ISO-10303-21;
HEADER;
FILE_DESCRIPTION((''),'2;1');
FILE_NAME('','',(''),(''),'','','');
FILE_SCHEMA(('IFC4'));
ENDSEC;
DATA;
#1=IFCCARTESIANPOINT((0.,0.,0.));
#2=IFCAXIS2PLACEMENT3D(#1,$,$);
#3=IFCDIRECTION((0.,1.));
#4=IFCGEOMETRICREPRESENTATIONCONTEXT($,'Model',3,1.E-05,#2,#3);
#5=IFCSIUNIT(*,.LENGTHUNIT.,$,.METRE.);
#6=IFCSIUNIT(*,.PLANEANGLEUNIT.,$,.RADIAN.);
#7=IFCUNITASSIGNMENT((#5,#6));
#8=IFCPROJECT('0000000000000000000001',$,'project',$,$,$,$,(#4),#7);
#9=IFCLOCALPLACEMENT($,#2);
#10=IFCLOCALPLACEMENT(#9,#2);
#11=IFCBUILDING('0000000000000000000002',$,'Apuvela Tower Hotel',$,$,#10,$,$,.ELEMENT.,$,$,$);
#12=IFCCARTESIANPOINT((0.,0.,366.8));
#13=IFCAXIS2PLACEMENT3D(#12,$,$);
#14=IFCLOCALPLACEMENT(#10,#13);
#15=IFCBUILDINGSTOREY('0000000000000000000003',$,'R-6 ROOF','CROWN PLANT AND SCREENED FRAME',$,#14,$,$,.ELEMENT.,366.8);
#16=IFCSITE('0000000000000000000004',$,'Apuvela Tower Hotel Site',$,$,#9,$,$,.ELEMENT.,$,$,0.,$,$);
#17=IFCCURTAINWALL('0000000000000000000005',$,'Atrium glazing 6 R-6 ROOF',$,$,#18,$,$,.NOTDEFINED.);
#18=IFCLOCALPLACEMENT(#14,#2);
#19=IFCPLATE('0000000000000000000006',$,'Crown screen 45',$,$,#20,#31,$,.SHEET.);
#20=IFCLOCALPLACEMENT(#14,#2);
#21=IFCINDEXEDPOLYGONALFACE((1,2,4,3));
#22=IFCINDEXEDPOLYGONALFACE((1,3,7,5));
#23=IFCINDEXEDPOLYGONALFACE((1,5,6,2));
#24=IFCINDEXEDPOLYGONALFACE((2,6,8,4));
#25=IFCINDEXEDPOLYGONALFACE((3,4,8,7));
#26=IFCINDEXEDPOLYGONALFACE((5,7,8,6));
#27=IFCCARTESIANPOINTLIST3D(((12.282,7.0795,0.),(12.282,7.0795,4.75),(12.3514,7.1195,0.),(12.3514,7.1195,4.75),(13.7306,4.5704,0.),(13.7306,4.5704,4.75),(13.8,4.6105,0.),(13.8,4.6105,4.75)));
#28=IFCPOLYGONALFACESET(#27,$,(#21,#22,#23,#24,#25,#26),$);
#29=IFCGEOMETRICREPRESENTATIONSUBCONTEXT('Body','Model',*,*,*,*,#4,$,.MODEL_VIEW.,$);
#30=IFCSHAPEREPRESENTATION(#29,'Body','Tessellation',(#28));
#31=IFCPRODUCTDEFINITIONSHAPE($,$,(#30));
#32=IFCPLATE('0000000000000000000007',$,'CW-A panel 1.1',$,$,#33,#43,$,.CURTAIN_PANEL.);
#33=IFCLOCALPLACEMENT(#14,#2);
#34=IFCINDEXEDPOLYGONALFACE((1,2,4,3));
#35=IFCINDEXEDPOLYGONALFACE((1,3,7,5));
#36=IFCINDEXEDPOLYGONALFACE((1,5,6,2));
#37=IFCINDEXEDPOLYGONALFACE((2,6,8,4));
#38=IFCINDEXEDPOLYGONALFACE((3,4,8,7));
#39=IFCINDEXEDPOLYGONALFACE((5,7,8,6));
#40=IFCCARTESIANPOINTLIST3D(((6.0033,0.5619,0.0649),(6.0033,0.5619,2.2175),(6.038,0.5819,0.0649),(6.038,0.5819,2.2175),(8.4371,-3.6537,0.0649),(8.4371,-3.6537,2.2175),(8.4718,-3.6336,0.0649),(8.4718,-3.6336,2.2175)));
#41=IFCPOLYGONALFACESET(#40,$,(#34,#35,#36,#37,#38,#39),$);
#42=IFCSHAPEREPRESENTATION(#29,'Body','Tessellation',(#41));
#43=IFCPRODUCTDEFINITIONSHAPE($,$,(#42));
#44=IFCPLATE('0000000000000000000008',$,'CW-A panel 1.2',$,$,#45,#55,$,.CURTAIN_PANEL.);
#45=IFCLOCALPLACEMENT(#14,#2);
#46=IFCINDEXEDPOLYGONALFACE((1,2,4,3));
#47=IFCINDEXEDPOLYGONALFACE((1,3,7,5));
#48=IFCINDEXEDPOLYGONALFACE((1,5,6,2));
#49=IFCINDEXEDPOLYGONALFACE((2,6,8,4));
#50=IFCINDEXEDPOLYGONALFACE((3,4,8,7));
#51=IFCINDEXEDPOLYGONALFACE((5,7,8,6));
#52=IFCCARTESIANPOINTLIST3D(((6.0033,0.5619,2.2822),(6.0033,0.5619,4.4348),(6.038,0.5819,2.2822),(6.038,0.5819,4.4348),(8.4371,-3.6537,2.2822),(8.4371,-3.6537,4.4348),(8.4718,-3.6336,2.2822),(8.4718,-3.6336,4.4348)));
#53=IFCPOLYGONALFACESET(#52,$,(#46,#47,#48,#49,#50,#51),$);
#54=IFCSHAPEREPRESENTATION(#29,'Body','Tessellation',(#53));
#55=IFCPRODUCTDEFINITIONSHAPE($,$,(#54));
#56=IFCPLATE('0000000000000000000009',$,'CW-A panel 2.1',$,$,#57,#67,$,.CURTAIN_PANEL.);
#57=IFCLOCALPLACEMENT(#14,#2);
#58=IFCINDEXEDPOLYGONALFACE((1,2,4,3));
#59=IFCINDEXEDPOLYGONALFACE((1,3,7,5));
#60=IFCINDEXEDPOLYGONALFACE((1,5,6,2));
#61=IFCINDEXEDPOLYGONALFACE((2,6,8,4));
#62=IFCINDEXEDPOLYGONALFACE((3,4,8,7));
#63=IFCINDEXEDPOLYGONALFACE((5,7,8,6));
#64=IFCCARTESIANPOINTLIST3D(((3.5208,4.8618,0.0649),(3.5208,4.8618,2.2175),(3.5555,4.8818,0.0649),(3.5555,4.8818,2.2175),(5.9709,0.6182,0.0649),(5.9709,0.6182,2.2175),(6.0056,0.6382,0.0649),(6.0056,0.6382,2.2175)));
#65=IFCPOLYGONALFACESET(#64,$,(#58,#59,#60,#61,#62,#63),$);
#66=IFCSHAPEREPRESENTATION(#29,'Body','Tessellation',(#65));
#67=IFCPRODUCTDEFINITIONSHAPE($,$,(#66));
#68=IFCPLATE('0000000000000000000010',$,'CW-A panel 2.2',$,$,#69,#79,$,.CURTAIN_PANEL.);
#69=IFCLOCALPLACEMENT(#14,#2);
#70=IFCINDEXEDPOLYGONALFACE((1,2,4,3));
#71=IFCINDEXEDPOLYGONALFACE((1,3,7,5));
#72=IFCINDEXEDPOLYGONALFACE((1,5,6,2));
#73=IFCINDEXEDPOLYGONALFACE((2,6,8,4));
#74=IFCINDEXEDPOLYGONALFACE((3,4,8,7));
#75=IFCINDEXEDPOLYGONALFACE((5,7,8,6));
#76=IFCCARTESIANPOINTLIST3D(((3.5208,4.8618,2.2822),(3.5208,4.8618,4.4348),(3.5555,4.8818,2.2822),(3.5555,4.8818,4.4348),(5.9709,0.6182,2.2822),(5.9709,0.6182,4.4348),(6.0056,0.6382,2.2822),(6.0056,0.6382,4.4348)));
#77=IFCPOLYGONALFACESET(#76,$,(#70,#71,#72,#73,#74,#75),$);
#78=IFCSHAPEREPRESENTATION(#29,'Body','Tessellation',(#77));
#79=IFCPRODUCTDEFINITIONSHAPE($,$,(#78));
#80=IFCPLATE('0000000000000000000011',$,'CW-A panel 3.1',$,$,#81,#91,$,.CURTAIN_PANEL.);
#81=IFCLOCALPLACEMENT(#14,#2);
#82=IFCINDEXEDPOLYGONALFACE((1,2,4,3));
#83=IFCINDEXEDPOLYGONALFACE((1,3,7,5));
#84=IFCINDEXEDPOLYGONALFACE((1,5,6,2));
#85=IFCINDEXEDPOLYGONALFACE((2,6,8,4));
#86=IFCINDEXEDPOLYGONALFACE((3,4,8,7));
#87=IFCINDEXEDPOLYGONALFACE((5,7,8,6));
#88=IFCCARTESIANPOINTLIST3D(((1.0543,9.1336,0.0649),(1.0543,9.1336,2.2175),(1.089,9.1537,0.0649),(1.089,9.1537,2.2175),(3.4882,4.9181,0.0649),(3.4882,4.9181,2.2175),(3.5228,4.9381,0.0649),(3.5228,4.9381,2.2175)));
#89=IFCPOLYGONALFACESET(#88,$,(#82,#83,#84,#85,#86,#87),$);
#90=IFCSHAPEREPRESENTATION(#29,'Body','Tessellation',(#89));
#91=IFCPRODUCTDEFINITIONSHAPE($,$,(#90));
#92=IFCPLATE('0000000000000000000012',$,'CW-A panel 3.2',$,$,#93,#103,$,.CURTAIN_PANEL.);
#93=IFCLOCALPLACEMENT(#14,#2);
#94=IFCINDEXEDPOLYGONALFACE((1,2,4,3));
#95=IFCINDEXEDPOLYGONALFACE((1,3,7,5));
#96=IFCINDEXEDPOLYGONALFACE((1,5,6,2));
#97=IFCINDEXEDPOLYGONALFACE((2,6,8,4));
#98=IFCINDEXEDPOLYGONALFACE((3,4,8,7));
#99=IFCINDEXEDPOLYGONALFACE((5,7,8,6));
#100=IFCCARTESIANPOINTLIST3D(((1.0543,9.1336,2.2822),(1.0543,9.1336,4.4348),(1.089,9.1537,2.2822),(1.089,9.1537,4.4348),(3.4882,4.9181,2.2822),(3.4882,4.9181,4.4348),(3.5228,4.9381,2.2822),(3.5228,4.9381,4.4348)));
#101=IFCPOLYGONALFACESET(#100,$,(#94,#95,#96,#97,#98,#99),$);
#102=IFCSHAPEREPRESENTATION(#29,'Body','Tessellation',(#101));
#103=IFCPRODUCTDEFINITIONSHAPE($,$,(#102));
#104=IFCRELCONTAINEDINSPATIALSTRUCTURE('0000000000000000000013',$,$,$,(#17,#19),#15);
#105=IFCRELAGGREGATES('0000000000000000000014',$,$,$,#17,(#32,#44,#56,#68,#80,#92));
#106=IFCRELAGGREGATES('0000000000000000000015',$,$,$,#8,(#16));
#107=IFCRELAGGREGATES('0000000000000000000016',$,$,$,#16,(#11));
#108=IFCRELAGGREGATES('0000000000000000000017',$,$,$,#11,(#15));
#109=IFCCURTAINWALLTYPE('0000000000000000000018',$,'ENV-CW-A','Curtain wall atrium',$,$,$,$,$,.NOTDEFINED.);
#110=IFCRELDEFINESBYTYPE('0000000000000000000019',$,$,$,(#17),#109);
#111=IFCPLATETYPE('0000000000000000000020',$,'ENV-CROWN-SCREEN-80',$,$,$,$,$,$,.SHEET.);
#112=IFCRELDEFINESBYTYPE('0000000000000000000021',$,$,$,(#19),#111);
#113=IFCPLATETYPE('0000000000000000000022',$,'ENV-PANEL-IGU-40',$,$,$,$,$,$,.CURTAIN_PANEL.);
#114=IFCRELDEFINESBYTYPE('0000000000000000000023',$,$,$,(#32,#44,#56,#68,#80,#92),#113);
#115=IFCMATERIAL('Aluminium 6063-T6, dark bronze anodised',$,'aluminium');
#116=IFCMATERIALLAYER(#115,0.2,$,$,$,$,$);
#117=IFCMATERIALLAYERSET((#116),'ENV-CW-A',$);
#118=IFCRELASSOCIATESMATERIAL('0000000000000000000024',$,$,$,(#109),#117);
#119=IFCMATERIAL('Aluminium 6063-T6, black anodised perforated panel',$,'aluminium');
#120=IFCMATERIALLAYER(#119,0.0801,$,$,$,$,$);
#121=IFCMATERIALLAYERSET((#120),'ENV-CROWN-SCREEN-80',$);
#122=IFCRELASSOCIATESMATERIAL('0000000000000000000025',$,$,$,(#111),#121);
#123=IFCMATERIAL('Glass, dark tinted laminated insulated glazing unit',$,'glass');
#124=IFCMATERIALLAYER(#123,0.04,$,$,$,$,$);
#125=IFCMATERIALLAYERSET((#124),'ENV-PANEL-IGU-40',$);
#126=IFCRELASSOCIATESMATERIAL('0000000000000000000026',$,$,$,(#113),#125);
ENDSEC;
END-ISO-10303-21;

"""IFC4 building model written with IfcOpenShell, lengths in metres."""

from ifc_helpers import new_model, si_unit, direction, frame, origin, origin_2d, place, context, subcontext, project, spatial, rectangle, extrude, material, layer, layer_set, type_object, element, aggregate, save


model = new_model("IFC4")

# Units and contexts
model_context = context("Model", 3, precision=1e-05, world=origin(), true_north=direction((0.0, 1.0)))
body_context = subcontext(model_context, "Body", "Model", "MODEL_VIEW")
ifc_project = project(units=[si_unit("LENGTHUNIT", "METRE"), si_unit("PLANEANGLEUNIT", "RADIAN")], contexts=[model_context])

# Site, building, storey
site_placement = place(None, origin())
site = spatial("IfcSite", under=ifc_project, at=site_placement, Name="Apuvela Tower Hotel Site", CompositionType="ELEMENT", RefElevation=0.0)
building_placement = place(site_placement, origin())
building = spatial("IfcBuilding", under=site, at=building_placement, Name="Apuvela Tower Hotel", CompositionType="ELEMENT")
storey_placement = place(building_placement, frame((0.0, 0.0, 366.8)))
storey = spatial("IfcBuildingStorey", under=building, at=storey_placement, Name="R-6 ROOF", Description="CROWN PLANT AND SCREENED FRAME", CompositionType="ELEMENT", Elevation=366.8)

# Shared definitions
ifc_material_1 = material(Name="Aluminium 6063-T6, dark bronze anodised", Category="aluminium")

# Curtain wall
ifc_layer_1 = layer(ifc_material_1, 0.2)
ifc_layer_set_1 = layer_set([ifc_layer_1], Name="ENV-CW-A")
curtain_wall_type_1 = type_object("IfcCurtainWallType", Name="ENV-CW-A", Description="Curtain wall atrium", PredefinedType="NOTDEFINED", material=ifc_layer_set_1)
curtain_wall_1_placement = place(storey_placement, origin())
curtain_wall_1 = element("IfcCurtainWall", 1, at=curtain_wall_1_placement, inside=storey, type_object=curtain_wall_type_1, Name="Atrium glazing 6 R-6 ROOF", PredefinedType="NOTDEFINED")

# Plate
ifc_material_2 = material(Name="Aluminium 6063-T6, black anodised perforated panel", Category="aluminium")
ifc_layer_2 = layer(ifc_material_2, 0.0801)
ifc_layer_set_2 = layer_set([ifc_layer_2], Name="ENV-CROWN-SCREEN-80")
plate_type_1 = type_object("IfcPlateType", Name="ENV-CROWN-SCREEN-80", PredefinedType="SHEET", material=ifc_layer_set_2)
for number, where, z_axis, x_axis, name in (
    (2, (13.041, 5.845, 0.0), (0.0, 0.0, 1.0), (-0.5, 0.866025, 0.0), "Crown screen 45"),
):
    element("IfcPlate", number, at=place(storey_placement, frame(where, z_axis=z_axis, x_axis=x_axis)), inside=storey, type_object=plate_type_1, Name=name, PredefinedType="SHEET", context=body_context, shape_type="SweptSolid", body=[
        extrude(rectangle(XDim=2.8972, YDim=0.0801, at=origin_2d()), origin(), (0.0, 0.0, 1.0), 4.75),
    ])

# Plates
ifc_material_3 = material(Name="Glass, dark tinted laminated insulated glazing unit", Category="glass")
ifc_layer_3 = layer(ifc_material_3, 0.04)
ifc_layer_set_3 = layer_set([ifc_layer_3], Name="ENV-PANEL-IGU-40")
plate_type_2 = type_object("IfcPlateType", Name="ENV-PANEL-IGU-40", PredefinedType="CURTAIN_PANEL", material=ifc_layer_set_3)
plate_1_placement = place(storey_placement, frame((7.2375, -1.5359, 0.0649), z_axis=(0.0, 0.0, 1.0), x_axis=(-0.499999, 0.866026, 0.0)))
plate_1 = element("IfcPlate", 3, at=plate_1_placement, type_object=plate_type_2, Name="CW-A panel 1.1", PredefinedType="CURTAIN_PANEL", context=body_context, shape_type="SweptSolid", body=[
    extrude(rectangle(XDim=4.8677, YDim=0.04, at=origin_2d()), origin(), (0.0, 0.0, 1.0), 2.1526),
])
plate_2_placement = place(storey_placement, frame((7.2375, -1.5359, 2.2822), z_axis=(0.0, 0.0, 1.0), x_axis=(-0.499999, 0.866026, 0.0)))
plate_2 = element("IfcPlate", 4, at=plate_2_placement, type_object=plate_type_2, Name="CW-A panel 1.2", PredefinedType="CURTAIN_PANEL", context=body_context, shape_type="SweptSolid", body=[
    extrude(rectangle(XDim=4.8677, YDim=0.04, at=origin_2d()), origin(), (0.0, 0.0, 1.0), 2.1526),
])
plate_3_placement = place(storey_placement, frame((4.7632, 2.75, 0.0649), z_axis=(0.0, 0.0, 1.0), x_axis=(-0.499999, 0.866026, 0.0)))
plate_3 = element("IfcPlate", 5, at=plate_3_placement, type_object=plate_type_2, Name="CW-A panel 2.1", PredefinedType="CURTAIN_PANEL", context=body_context, shape_type="SweptSolid", body=[
    extrude(rectangle(XDim=4.9001, YDim=0.04, at=origin_2d()), origin(), (0.0, 0.0, 1.0), 2.1526),
])
plate_4_placement = place(storey_placement, frame((4.7632, 2.75, 2.2822), z_axis=(0.0, 0.0, 1.0), x_axis=(-0.499999, 0.866026, 0.0)))
plate_4 = element("IfcPlate", 6, at=plate_4_placement, type_object=plate_type_2, Name="CW-A panel 2.2", PredefinedType="CURTAIN_PANEL", context=body_context, shape_type="SweptSolid", body=[
    extrude(rectangle(XDim=4.9001, YDim=0.04, at=origin_2d()), origin(), (0.0, 0.0, 1.0), 2.1526),
])
plate_5_placement = place(storey_placement, frame((2.2886, 7.0359, 0.0649), z_axis=(0.0, 0.0, 1.0), x_axis=(-0.499999, 0.866026, 0.0)))
plate_5 = element("IfcPlate", 7, at=plate_5_placement, type_object=plate_type_2, Name="CW-A panel 3.1", PredefinedType="CURTAIN_PANEL", context=body_context, shape_type="SweptSolid", body=[
    extrude(rectangle(XDim=4.8677, YDim=0.04, at=origin_2d()), origin(), (0.0, 0.0, 1.0), 2.1526),
])
plate_6_placement = place(storey_placement, frame((2.2886, 7.0359, 2.2822), z_axis=(0.0, 0.0, 1.0), x_axis=(-0.499999, 0.866026, 0.0)))
plate_6 = element("IfcPlate", 8, at=plate_6_placement, type_object=plate_type_2, Name="CW-A panel 3.2", PredefinedType="CURTAIN_PANEL", context=body_context, shape_type="SweptSolid", body=[
    extrude(rectangle(XDim=4.8677, YDim=0.04, at=origin_2d()), origin(), (0.0, 0.0, 1.0), 2.1526),
])
aggregate(curtain_wall_1, [plate_1, plate_2, plate_3, plate_4, plate_5, plate_6])

save(model, "model.ifc")
